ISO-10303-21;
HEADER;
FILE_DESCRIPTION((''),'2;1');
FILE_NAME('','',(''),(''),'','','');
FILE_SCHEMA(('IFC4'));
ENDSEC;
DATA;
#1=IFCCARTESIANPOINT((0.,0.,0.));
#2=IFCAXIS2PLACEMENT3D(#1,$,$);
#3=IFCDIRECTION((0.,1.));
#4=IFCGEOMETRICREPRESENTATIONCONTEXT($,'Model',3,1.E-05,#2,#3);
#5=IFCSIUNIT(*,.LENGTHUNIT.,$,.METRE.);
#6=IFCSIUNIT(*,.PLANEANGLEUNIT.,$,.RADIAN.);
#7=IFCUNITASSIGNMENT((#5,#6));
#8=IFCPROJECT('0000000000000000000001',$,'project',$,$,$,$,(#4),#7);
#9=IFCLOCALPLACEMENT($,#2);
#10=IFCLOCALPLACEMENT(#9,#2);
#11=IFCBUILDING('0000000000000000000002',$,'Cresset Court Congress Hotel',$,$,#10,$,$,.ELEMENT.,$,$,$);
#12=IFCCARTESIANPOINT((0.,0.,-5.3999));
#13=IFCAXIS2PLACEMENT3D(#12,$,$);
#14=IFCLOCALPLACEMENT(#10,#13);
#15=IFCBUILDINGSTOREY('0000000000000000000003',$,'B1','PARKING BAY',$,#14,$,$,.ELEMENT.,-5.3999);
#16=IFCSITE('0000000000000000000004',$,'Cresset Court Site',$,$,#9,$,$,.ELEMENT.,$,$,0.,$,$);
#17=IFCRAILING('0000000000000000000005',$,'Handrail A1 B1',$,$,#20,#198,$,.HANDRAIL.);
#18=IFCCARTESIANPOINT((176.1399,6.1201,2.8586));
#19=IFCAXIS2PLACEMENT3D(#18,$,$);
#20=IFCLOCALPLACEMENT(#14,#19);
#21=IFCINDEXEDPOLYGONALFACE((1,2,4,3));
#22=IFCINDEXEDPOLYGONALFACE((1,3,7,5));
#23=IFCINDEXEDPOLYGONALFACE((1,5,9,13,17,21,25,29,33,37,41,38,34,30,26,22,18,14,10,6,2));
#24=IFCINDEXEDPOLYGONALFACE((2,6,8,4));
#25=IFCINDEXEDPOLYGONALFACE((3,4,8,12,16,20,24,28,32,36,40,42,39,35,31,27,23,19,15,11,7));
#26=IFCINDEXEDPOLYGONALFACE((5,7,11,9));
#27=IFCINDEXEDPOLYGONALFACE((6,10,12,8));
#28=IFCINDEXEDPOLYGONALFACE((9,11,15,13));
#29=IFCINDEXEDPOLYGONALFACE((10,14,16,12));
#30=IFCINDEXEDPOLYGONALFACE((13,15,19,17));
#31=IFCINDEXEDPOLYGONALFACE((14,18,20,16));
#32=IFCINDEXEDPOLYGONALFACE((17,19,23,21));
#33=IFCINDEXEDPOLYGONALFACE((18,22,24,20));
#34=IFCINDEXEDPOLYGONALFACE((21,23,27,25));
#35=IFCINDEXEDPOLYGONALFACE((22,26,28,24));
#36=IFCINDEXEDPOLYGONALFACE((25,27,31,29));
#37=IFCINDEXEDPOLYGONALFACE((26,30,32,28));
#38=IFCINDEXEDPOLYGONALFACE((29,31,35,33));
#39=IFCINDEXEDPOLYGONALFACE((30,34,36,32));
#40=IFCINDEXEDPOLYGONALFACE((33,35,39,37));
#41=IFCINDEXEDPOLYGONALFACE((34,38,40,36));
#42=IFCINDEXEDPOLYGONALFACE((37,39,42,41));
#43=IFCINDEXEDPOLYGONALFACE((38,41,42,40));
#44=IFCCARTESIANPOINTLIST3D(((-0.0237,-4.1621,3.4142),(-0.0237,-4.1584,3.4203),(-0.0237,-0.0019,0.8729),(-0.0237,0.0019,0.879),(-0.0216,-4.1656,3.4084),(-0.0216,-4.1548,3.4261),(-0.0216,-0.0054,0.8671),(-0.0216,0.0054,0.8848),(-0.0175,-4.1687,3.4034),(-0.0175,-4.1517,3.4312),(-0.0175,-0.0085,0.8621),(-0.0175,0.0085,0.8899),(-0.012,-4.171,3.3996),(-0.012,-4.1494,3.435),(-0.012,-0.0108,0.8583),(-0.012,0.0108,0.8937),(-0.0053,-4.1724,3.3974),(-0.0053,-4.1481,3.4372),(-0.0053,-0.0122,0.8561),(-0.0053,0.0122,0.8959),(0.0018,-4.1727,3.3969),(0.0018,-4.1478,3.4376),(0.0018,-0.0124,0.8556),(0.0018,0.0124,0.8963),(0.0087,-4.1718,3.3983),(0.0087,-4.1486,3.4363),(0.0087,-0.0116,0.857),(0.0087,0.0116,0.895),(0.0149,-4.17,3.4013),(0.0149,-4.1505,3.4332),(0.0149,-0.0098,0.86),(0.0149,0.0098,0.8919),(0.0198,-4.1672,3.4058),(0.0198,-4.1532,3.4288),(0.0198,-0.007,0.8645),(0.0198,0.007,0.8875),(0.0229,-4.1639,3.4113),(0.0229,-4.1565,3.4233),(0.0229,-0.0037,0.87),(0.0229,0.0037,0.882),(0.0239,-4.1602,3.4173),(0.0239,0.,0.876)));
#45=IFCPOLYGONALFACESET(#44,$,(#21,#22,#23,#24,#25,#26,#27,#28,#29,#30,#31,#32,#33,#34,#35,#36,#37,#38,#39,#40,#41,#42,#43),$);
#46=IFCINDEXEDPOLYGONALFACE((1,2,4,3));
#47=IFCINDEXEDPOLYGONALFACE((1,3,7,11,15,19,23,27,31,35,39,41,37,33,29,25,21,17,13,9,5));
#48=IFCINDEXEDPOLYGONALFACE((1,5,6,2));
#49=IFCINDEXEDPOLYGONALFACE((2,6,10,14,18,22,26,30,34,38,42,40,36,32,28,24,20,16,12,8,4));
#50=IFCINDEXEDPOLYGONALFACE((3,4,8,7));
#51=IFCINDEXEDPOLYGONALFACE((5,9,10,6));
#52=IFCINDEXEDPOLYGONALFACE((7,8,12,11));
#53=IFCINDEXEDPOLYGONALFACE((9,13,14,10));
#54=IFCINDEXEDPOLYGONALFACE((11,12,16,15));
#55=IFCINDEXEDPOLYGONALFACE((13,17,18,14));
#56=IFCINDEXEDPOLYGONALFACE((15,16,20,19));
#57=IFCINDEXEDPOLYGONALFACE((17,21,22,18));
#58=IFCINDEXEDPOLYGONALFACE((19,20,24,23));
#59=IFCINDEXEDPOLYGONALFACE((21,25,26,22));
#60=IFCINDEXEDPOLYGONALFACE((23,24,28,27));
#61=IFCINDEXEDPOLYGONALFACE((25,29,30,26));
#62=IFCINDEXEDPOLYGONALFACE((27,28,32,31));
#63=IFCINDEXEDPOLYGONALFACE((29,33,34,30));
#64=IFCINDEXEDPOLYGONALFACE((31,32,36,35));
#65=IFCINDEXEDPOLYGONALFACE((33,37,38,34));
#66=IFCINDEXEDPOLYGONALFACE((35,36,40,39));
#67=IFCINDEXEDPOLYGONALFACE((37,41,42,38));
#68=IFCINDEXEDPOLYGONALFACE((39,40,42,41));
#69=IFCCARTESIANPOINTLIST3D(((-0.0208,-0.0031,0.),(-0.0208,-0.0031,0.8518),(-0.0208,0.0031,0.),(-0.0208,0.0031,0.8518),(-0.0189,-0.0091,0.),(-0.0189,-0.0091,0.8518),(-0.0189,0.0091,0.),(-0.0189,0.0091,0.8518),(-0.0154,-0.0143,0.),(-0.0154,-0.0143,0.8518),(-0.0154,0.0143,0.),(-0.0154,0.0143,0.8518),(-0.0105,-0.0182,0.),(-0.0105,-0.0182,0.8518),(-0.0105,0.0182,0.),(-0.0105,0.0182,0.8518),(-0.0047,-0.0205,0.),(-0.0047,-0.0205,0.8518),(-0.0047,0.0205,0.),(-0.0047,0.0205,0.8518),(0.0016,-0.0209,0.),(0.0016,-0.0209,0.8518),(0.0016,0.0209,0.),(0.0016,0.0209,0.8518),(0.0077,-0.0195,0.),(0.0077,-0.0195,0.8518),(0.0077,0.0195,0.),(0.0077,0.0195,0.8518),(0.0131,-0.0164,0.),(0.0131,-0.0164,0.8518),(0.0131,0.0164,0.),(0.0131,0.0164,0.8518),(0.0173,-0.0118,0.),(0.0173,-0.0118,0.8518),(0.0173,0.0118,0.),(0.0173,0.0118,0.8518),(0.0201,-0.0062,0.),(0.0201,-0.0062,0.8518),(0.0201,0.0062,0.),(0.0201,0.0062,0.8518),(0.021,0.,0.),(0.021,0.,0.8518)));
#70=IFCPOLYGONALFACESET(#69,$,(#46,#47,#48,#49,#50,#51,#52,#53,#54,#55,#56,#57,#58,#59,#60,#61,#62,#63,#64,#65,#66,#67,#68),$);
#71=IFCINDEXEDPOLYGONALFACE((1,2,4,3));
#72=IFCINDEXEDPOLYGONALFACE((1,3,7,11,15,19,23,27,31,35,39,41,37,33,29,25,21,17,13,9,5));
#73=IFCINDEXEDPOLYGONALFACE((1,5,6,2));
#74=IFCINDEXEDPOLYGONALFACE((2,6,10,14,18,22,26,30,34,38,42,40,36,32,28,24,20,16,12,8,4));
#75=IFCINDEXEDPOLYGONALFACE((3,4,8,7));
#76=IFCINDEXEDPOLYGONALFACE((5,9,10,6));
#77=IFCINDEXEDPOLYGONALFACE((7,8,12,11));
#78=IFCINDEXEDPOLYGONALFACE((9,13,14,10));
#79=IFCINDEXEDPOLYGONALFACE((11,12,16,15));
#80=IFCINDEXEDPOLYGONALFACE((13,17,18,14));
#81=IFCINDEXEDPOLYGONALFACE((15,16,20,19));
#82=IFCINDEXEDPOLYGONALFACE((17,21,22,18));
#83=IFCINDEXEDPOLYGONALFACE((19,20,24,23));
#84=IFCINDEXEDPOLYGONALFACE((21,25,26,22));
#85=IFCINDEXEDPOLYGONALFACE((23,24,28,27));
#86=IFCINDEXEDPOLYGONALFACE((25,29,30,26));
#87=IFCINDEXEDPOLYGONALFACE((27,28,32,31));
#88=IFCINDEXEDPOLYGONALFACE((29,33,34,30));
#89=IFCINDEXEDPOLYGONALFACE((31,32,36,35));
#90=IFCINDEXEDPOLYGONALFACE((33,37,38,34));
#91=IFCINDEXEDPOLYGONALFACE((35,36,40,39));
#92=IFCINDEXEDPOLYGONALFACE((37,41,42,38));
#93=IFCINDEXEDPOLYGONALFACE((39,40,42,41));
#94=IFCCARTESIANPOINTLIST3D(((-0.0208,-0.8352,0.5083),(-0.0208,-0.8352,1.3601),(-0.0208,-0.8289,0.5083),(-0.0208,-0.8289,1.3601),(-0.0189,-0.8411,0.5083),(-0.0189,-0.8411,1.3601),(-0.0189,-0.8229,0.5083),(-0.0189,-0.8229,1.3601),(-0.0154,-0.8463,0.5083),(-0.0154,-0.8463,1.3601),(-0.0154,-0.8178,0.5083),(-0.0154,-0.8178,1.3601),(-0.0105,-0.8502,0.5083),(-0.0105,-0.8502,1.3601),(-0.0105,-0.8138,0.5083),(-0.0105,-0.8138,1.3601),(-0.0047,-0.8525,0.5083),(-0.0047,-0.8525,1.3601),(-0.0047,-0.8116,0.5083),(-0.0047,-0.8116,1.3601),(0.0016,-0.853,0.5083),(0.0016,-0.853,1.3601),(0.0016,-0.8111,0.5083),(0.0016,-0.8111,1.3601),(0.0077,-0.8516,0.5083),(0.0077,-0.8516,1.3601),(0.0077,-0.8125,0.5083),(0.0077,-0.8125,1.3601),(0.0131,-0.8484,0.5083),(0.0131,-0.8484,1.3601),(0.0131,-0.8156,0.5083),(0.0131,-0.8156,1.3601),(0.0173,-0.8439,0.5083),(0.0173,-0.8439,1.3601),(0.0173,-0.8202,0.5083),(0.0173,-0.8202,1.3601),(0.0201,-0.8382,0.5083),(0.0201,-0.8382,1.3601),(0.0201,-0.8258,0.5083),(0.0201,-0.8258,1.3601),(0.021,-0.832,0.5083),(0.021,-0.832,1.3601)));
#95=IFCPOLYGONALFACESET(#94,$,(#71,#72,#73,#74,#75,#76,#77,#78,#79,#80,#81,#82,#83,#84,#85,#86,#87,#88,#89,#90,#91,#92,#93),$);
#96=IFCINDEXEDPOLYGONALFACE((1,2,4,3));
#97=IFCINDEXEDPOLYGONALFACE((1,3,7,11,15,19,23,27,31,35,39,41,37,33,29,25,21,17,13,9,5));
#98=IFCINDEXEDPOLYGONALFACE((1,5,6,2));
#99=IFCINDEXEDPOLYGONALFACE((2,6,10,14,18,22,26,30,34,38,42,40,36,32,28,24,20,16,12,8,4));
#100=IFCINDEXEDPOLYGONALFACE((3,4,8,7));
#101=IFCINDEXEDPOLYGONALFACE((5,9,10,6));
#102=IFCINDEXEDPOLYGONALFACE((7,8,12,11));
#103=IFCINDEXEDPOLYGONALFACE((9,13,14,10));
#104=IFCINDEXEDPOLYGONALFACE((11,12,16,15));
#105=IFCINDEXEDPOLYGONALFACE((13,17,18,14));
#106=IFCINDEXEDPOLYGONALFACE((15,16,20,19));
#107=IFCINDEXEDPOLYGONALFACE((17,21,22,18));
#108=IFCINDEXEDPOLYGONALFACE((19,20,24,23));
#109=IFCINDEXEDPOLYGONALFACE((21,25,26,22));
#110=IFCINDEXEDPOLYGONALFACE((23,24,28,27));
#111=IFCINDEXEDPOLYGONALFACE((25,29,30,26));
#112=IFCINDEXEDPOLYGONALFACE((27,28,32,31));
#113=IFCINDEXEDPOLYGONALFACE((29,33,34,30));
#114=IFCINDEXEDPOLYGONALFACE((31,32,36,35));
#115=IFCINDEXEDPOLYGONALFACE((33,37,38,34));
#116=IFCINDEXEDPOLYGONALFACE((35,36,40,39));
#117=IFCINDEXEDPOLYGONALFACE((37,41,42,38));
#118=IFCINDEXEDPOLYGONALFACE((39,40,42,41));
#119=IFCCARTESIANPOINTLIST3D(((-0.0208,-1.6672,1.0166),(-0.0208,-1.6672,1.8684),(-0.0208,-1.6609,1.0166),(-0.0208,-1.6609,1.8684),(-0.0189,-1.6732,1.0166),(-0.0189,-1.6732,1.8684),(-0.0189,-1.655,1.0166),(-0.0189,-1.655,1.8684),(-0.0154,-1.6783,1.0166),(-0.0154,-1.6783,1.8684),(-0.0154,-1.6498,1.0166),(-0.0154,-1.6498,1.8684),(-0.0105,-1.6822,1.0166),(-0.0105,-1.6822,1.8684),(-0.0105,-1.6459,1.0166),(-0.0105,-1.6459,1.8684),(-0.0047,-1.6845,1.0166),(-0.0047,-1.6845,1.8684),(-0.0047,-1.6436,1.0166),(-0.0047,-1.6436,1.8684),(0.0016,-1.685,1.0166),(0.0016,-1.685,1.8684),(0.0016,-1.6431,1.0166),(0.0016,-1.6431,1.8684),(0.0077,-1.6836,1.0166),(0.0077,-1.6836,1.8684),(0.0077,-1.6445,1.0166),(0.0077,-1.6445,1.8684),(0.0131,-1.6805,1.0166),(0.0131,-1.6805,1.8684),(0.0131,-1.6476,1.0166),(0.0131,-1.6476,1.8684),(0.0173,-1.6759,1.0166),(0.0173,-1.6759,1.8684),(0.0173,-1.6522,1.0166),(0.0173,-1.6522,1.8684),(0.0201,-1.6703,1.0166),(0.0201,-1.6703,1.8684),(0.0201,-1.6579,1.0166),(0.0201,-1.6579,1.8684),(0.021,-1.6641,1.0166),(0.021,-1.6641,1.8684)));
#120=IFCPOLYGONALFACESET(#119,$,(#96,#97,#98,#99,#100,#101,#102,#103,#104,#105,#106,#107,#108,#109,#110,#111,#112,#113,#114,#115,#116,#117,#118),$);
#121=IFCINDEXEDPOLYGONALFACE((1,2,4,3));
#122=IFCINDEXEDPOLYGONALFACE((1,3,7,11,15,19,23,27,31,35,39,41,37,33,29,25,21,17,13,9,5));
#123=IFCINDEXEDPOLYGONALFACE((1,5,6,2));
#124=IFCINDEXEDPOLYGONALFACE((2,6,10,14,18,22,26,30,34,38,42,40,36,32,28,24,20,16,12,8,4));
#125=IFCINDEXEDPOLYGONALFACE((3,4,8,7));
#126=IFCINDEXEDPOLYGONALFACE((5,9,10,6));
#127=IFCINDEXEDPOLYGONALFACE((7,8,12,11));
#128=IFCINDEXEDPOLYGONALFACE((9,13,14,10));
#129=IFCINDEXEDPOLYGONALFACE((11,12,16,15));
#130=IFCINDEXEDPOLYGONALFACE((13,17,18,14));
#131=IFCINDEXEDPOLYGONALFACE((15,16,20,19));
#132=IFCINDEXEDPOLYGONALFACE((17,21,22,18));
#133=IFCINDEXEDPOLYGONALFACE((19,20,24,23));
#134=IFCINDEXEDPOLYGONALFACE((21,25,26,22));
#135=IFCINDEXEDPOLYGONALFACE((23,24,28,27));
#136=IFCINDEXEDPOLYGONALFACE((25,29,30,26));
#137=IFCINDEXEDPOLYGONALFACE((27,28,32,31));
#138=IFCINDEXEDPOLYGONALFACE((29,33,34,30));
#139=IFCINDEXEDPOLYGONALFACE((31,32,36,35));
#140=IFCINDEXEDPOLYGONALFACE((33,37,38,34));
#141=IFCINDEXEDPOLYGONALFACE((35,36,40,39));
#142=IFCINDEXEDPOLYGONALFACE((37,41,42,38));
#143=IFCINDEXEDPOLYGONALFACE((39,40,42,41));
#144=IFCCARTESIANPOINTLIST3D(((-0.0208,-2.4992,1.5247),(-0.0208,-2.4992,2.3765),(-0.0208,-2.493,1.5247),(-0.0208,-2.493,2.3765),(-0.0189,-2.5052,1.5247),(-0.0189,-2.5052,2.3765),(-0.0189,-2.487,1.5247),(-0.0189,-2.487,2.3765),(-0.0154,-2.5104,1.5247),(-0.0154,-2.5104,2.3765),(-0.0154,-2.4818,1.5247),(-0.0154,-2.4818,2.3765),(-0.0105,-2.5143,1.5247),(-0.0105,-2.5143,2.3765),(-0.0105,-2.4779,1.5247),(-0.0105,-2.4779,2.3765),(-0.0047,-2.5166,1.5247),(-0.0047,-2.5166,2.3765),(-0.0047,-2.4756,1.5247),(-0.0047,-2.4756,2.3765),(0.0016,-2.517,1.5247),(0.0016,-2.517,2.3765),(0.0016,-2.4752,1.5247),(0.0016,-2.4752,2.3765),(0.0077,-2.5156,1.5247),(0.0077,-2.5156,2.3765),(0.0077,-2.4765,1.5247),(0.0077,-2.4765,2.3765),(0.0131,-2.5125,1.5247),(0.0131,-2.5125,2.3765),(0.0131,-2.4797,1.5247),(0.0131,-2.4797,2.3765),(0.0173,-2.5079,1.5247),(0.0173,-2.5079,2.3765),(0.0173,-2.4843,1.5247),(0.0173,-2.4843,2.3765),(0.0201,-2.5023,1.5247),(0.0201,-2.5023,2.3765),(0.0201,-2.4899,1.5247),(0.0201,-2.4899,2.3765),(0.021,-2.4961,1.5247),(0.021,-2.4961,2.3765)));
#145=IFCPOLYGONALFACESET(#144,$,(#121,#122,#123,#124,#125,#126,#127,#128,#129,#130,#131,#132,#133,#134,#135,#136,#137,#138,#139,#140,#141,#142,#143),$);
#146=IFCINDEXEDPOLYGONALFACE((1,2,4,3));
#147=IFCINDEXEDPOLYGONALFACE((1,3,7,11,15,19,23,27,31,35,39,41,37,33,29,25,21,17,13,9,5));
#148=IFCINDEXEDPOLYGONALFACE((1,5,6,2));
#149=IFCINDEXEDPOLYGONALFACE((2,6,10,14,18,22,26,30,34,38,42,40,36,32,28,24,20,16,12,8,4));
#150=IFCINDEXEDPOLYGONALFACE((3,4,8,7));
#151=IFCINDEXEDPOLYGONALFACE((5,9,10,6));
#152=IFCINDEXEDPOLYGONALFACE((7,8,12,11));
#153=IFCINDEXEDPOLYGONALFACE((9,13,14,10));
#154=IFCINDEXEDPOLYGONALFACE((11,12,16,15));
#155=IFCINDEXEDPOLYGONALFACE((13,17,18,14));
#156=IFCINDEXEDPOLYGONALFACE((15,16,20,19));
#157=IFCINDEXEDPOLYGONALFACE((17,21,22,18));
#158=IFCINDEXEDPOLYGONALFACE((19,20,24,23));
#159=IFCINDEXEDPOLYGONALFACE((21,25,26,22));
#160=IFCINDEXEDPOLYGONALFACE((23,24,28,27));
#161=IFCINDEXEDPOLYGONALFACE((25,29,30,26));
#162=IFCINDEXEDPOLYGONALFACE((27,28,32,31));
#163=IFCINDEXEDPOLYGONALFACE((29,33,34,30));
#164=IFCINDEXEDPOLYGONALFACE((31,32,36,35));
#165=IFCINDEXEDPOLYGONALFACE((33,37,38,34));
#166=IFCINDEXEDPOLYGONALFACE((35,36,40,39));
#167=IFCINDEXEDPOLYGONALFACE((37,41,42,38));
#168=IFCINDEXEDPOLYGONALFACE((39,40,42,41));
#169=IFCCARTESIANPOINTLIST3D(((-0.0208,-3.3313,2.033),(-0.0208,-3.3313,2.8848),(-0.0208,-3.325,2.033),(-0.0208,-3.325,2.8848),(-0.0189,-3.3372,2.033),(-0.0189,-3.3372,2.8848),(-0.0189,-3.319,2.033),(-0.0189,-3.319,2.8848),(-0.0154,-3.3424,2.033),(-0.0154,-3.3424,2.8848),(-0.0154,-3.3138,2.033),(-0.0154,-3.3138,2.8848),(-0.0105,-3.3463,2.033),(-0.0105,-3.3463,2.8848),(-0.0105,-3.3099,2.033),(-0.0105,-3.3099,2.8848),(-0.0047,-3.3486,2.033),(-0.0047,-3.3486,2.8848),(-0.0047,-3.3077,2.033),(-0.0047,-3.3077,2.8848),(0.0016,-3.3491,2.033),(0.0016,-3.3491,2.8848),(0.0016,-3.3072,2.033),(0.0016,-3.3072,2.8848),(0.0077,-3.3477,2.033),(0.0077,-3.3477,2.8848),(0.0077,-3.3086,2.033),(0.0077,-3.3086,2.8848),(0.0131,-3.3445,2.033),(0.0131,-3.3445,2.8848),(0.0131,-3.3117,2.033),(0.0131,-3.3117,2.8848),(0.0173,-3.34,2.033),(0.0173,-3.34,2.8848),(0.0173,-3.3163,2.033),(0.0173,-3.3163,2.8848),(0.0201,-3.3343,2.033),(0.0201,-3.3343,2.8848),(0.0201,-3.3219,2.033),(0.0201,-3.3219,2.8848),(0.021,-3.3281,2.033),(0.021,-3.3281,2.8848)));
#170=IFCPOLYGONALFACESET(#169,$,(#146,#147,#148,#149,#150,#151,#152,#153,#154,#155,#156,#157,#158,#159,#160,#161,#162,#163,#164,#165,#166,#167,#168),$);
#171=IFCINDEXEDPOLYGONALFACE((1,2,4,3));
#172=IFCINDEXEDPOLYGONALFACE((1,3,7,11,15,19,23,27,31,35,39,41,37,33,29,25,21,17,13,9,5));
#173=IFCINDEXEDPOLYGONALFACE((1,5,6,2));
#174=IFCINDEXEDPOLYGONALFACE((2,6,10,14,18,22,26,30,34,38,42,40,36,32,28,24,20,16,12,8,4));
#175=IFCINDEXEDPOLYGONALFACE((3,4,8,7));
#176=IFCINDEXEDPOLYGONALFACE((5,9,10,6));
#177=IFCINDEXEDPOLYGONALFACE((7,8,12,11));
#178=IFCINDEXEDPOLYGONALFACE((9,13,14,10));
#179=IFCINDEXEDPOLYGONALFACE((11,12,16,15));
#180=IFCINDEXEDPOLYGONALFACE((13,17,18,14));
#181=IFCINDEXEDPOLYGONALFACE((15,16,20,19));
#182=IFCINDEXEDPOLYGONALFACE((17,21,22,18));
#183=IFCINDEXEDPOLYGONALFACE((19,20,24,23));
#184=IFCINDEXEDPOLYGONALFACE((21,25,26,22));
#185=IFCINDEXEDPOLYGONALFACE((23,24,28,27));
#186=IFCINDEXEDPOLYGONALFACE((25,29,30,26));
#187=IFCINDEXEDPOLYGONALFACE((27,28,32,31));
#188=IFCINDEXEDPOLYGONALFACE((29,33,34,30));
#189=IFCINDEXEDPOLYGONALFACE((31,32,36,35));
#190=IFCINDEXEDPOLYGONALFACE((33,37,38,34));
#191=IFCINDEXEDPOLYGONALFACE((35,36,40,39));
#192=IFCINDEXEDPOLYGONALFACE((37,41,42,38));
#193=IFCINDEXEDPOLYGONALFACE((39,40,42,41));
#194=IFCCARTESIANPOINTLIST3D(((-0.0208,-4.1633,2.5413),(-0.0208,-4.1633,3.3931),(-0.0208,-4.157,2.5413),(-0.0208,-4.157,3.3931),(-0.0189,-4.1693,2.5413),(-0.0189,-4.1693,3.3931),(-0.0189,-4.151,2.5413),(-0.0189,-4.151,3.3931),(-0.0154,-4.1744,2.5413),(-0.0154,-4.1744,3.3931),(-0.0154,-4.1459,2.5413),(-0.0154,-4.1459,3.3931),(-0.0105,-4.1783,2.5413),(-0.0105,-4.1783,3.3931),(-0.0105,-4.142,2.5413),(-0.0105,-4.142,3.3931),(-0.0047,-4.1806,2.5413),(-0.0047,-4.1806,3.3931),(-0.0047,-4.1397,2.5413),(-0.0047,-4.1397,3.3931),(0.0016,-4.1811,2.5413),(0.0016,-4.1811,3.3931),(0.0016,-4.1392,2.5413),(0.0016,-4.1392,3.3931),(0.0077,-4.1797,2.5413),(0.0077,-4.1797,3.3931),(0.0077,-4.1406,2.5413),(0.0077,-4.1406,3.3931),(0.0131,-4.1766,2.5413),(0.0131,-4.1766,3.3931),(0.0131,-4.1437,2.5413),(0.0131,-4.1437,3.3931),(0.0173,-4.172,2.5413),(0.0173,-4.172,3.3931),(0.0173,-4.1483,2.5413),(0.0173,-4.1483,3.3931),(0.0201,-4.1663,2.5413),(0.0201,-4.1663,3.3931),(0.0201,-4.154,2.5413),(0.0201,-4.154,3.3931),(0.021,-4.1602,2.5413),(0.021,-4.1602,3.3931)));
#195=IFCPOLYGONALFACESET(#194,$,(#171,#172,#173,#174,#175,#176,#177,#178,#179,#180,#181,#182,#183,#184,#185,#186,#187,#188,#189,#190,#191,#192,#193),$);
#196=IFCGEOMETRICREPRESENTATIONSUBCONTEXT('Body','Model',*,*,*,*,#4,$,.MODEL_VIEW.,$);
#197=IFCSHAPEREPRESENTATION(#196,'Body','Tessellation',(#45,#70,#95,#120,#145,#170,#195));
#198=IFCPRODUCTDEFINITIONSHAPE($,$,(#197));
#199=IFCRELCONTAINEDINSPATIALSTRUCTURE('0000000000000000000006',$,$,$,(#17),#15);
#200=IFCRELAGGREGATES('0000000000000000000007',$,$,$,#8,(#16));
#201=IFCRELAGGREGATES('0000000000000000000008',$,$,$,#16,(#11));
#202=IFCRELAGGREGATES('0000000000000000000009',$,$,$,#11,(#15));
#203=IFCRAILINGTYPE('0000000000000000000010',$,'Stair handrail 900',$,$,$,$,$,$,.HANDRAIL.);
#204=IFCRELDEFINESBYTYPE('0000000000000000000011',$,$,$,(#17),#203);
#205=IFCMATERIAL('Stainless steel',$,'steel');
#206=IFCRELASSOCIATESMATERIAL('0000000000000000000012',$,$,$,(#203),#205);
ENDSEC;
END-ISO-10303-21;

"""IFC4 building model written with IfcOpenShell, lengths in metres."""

from ifc_helpers import new_model, si_unit, direction, frame, origin, origin_2d, place, context, subcontext, project, spatial, circle, extrude, material, type_object, element, save


model = new_model("IFC4")

# Units and contexts
model_context = context("Model", 3, precision=1e-05, world=origin(), true_north=direction((0.0, 1.0)))
body_context = subcontext(model_context, "Body", "Model", "MODEL_VIEW")
ifc_project = project(units=[si_unit("LENGTHUNIT", "METRE"), si_unit("PLANEANGLEUNIT", "RADIAN")], contexts=[model_context])

# Site, building, storey
site_placement = place(None, origin())
site = spatial("IfcSite", under=ifc_project, at=site_placement, Name="Cresset Court Site", CompositionType="ELEMENT", RefElevation=0.0)
building_placement = place(site_placement, origin())
building = spatial("IfcBuilding", under=site, at=building_placement, Name="Cresset Court Congress Hotel", CompositionType="ELEMENT")
storey_placement = place(building_placement, frame((0.0, 0.0, -5.3999)))
storey = spatial("IfcBuildingStorey", under=building, at=storey_placement, Name="B1", Description="PARKING BAY", CompositionType="ELEMENT", Elevation=-5.3999)

# Railing
ifc_material_1 = material(Name="Stainless steel", Category="steel")
railing_type_1 = type_object("IfcRailingType", Name="Stair handrail 900", PredefinedType="HANDRAIL", material=ifc_material_1)
for number, where, name in (
    (1, (176.1399, 6.1201, 2.8586), "Handrail A1 B1"),
):
    element("IfcRailing", number, at=place(storey_placement, frame(where)), inside=storey, type_object=railing_type_1, Name=name, PredefinedType="HANDRAIL", context=body_context, shape_type="SweptSolid", body=[
        extrude(circle(Radius=0.0239, at=origin_2d()), frame((0.0, 0.0, 0.876), z_axis=(0.0, -0.853378, 0.521292), x_axis=(1.0, 0.0, 0.0)), (0.0, 0.0, 1.0), 4.875),
        extrude(circle(Radius=0.021, at=origin_2d()), origin(), (0.0, 0.0, 1.0), 0.8518),
        extrude(circle(Radius=0.021, at=origin_2d()), frame((0.0, -0.832, 0.5083)), (0.0, 0.0, 1.0), 0.8518),
        extrude(circle(Radius=0.021, at=origin_2d()), frame((0.0, -1.6641, 1.0166)), (0.0, 0.0, 1.0), 0.8518),
        extrude(circle(Radius=0.021, at=origin_2d()), frame((0.0, -2.4961, 1.5247)), (0.0, 0.0, 1.0), 0.8518),
        extrude(circle(Radius=0.021, at=origin_2d()), frame((0.0, -3.3281, 2.033)), (0.0, 0.0, 1.0), 0.8518),
        extrude(circle(Radius=0.021, at=origin_2d()), frame((0.0, -4.1602, 2.5413)), (0.0, 0.0, 1.0), 0.8518),
    ])

save(model, "model.ifc")
